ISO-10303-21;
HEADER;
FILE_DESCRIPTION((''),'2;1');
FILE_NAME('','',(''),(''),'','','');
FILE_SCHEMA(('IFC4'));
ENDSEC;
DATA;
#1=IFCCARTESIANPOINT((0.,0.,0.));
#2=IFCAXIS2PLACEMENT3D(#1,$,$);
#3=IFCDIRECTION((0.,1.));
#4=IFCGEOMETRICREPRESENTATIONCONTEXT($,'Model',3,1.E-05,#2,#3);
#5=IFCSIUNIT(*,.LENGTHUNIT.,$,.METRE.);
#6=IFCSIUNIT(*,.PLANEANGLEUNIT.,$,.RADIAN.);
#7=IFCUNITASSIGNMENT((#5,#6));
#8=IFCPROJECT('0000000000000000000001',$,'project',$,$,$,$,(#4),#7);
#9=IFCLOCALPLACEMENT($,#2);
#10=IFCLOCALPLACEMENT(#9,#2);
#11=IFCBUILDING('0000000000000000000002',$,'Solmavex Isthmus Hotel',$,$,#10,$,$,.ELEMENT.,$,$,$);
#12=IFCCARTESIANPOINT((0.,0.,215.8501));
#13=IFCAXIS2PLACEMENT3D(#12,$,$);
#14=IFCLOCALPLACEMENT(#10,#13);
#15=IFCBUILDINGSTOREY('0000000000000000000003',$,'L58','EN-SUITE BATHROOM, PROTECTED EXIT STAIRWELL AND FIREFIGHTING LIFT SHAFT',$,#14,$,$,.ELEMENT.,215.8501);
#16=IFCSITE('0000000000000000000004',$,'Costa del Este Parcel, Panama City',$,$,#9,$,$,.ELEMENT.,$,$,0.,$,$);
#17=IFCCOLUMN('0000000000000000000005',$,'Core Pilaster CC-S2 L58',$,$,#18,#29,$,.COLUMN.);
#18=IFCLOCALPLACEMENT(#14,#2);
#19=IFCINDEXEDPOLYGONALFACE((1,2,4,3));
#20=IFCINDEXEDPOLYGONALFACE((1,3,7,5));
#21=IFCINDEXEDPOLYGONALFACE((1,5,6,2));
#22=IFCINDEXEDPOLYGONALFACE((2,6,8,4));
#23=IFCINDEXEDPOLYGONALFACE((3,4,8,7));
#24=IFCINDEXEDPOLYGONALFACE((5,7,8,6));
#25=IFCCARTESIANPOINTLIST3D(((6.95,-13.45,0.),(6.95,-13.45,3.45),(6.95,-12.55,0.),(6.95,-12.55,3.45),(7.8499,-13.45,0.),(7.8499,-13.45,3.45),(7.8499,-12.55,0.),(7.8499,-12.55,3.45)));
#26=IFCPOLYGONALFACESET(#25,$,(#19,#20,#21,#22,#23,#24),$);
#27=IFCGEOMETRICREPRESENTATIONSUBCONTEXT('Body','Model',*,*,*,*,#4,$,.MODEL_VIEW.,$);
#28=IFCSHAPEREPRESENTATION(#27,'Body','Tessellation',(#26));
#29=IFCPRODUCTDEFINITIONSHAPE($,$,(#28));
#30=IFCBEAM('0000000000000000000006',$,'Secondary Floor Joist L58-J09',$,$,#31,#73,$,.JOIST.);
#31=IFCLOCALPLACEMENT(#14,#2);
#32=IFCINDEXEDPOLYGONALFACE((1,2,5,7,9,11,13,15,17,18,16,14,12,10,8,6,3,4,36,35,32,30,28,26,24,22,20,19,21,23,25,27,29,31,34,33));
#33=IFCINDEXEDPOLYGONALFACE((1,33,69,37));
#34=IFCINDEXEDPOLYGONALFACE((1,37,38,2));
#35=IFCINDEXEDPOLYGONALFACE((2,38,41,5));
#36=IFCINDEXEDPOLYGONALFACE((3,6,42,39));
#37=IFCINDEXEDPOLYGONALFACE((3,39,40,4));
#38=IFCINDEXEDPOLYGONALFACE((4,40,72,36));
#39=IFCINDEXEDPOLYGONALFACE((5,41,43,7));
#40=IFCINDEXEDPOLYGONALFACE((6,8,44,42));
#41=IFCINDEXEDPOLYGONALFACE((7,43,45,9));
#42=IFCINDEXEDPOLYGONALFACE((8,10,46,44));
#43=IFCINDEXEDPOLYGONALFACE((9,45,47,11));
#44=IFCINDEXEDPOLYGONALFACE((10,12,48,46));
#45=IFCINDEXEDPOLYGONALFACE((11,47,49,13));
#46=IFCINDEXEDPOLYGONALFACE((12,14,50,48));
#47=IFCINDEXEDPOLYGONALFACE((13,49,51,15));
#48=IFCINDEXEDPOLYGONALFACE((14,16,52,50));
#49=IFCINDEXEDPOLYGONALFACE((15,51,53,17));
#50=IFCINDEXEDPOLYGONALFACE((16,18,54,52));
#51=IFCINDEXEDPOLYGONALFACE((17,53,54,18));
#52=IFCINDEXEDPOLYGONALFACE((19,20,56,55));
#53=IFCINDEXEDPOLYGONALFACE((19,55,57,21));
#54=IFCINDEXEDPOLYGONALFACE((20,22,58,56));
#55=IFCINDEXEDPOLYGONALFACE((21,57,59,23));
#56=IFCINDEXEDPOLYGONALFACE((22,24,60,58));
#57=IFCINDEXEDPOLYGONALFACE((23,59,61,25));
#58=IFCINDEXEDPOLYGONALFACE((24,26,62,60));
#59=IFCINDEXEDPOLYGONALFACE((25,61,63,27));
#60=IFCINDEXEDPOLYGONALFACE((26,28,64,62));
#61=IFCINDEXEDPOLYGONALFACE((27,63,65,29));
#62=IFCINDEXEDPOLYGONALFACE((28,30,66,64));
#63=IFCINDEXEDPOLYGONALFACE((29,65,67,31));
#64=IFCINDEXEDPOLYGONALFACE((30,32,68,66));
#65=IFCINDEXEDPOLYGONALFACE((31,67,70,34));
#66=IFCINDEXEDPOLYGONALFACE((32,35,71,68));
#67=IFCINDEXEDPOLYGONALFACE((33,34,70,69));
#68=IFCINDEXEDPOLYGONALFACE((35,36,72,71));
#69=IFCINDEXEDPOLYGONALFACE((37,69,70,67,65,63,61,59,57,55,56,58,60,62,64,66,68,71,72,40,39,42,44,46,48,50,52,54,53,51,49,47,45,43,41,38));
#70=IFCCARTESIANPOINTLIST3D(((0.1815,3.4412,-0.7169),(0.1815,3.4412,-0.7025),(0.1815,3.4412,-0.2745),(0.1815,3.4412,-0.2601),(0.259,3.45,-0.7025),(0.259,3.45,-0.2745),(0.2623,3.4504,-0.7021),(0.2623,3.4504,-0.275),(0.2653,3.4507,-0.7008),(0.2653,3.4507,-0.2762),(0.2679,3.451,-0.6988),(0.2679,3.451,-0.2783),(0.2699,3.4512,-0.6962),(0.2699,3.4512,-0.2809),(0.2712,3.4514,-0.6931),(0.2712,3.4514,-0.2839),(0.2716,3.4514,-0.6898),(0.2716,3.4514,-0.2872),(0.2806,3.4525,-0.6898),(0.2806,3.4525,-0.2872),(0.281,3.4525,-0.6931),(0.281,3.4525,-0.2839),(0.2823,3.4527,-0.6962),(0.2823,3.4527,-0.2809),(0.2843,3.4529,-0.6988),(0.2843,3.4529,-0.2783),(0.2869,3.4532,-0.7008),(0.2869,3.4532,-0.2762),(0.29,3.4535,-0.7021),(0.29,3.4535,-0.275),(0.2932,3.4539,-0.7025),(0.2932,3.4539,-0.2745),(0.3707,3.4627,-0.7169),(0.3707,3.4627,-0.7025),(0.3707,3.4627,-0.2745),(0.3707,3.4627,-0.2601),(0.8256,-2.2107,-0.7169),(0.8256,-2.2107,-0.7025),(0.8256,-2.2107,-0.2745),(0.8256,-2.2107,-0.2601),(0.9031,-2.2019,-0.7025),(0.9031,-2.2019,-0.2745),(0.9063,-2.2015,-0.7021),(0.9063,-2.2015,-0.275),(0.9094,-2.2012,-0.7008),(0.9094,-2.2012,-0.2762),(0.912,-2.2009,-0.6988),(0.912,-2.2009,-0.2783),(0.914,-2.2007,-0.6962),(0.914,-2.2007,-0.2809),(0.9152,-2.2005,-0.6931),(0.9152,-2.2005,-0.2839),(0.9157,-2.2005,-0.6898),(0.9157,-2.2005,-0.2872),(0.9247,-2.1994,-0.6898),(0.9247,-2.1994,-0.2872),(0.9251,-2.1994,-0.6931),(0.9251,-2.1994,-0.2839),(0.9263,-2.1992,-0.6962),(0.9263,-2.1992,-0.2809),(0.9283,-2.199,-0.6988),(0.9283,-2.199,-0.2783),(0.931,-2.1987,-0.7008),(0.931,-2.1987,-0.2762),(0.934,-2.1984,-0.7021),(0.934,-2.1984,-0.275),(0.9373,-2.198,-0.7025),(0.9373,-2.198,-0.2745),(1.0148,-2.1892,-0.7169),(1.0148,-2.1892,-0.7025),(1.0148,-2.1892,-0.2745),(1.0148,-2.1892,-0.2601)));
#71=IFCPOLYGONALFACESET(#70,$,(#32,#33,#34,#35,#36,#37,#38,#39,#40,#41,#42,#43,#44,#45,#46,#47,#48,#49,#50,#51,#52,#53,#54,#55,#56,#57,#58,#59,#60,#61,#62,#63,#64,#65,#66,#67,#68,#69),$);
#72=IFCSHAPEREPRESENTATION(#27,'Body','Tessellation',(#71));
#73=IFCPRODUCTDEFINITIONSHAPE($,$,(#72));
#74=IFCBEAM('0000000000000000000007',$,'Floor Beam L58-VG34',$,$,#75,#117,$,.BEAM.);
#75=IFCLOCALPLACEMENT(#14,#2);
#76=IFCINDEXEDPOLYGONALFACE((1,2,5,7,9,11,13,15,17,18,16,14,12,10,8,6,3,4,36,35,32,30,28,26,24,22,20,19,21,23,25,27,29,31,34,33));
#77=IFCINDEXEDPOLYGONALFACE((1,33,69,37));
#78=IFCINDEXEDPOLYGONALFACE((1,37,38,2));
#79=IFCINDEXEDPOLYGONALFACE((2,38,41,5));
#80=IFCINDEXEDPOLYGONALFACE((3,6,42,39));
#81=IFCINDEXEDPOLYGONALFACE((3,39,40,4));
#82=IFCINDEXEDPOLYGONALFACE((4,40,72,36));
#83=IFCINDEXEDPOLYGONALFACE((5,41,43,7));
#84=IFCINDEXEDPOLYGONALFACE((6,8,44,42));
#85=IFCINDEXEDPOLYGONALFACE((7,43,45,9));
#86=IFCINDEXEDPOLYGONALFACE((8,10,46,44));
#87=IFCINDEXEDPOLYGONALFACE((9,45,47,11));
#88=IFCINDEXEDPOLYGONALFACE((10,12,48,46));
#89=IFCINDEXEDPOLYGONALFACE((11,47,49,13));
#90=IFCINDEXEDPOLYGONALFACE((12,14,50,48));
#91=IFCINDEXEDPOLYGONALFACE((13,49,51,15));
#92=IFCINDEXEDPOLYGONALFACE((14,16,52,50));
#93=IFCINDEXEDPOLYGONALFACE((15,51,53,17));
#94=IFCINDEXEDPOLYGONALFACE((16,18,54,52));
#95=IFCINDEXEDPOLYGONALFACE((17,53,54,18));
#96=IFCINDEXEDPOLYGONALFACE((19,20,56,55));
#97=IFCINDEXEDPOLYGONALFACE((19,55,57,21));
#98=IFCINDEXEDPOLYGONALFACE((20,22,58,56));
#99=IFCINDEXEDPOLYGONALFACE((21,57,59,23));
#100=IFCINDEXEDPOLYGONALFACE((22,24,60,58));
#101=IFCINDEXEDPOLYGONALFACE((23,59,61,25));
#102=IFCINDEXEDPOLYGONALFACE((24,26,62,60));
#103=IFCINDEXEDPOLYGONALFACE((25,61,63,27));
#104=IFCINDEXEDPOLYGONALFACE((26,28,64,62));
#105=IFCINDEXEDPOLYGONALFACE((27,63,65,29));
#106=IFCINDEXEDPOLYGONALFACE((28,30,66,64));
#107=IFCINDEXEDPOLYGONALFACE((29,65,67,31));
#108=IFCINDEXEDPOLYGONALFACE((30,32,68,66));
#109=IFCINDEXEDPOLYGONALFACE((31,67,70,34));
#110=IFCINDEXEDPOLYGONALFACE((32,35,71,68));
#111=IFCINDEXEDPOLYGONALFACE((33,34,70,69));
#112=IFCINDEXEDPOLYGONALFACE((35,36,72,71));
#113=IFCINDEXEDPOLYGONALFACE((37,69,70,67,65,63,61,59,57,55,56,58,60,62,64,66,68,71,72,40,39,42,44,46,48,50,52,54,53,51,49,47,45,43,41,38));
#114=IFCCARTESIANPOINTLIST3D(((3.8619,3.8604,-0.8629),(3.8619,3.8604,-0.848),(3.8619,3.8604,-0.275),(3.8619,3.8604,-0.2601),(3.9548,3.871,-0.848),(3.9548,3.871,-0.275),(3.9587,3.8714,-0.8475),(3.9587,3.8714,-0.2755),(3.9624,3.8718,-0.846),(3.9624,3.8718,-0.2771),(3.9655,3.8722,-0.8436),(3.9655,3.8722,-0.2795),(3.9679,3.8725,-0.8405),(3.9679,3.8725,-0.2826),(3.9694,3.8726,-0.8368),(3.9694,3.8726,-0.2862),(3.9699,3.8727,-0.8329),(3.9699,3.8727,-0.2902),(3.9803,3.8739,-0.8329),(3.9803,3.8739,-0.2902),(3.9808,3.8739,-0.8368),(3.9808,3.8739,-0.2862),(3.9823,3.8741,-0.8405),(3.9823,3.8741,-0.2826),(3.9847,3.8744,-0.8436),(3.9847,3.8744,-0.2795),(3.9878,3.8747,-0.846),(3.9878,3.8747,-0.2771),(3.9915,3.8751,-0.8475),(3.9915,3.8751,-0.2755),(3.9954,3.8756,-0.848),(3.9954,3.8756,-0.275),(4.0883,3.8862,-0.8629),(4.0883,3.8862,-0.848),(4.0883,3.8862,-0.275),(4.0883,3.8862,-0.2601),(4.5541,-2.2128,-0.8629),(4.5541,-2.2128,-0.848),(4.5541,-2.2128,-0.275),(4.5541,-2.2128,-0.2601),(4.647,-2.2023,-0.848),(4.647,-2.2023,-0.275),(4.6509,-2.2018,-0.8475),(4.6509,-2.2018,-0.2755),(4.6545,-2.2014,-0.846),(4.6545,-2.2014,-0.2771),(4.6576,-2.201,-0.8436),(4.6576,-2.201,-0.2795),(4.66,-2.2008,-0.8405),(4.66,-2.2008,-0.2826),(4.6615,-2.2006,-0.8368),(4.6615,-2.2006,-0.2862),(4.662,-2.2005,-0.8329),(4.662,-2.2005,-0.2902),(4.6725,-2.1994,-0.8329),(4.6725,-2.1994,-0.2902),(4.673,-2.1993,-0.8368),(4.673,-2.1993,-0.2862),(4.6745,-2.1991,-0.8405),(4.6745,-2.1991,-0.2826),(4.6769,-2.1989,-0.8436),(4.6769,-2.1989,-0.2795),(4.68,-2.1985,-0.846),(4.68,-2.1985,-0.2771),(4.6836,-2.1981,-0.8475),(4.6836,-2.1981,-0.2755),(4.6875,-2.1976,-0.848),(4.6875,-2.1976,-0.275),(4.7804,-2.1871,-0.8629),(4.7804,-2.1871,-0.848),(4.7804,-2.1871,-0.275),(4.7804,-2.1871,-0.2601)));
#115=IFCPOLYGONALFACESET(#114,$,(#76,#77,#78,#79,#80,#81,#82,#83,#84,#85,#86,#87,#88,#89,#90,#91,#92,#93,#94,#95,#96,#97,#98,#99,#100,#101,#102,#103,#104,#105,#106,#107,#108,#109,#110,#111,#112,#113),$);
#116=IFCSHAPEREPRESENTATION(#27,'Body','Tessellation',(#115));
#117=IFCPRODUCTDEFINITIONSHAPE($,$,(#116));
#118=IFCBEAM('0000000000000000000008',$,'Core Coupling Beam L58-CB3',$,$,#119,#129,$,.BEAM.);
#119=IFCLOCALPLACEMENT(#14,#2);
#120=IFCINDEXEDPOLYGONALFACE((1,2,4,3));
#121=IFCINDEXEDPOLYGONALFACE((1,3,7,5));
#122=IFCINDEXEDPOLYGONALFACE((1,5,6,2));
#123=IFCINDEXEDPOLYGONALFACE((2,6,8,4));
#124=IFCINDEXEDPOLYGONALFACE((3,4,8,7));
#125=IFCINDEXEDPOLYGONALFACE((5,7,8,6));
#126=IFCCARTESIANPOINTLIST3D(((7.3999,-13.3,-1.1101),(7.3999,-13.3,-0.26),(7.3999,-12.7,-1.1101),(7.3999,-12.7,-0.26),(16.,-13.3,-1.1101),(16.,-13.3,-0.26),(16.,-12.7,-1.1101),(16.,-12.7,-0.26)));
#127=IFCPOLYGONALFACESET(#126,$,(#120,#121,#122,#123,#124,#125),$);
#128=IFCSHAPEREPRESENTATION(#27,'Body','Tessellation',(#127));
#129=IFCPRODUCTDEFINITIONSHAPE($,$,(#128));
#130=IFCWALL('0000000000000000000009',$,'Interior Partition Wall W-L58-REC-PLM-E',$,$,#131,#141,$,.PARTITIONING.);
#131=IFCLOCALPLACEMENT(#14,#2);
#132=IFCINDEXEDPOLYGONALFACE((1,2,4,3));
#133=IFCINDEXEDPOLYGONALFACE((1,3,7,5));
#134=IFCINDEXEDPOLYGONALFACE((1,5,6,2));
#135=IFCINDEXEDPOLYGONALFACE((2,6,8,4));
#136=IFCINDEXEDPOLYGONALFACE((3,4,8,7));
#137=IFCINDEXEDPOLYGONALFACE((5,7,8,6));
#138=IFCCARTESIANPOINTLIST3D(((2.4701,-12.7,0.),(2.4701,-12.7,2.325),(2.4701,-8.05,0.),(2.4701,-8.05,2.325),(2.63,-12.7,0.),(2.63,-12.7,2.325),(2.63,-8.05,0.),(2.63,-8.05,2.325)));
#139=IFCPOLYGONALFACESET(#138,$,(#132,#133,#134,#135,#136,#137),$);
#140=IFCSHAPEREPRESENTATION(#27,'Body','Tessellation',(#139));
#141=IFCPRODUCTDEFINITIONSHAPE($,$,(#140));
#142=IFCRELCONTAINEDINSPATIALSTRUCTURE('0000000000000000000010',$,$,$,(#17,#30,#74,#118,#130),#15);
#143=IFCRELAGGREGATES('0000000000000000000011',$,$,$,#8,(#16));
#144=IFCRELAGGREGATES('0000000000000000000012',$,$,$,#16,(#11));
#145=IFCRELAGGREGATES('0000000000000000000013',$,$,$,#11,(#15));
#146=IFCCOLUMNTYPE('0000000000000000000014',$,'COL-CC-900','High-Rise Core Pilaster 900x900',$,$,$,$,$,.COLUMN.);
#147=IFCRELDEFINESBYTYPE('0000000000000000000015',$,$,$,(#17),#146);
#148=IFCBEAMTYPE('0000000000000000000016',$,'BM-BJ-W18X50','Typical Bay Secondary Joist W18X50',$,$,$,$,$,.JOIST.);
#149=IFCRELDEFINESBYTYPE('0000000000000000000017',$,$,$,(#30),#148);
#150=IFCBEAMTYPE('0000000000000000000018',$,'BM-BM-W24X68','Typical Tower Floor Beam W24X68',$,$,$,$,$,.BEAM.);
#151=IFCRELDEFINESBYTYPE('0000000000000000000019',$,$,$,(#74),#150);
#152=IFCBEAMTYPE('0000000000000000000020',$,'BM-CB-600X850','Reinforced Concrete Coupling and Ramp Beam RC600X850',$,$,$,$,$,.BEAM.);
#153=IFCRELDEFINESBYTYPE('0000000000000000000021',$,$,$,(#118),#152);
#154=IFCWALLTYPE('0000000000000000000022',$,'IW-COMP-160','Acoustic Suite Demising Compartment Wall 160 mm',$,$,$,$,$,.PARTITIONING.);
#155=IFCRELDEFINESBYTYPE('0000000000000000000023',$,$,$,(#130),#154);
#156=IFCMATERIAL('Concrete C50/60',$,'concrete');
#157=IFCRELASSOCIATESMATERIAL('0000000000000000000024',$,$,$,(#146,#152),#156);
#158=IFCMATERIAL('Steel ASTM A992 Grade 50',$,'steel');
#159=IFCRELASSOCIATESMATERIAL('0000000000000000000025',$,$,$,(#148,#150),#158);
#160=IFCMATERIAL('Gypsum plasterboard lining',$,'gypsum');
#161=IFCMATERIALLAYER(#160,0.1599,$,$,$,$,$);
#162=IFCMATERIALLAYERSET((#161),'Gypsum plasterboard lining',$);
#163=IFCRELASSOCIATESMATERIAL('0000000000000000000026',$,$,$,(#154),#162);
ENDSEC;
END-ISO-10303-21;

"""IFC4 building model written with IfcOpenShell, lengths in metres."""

from ifc_helpers import new_model, si_unit, direction, frame, frame_2d, origin, origin_2d, place, context, subcontext, project, spatial, rectangle, i_section, extrude, material, layer, layer_set, material_profile, profile_set, type_object, element, save


model = new_model("IFC4")

# Units and contexts
model_context = context("Model", 3, precision=1e-05, world=origin(), true_north=direction((0.0, 1.0)))
body_context = subcontext(model_context, "Body", "Model", "MODEL_VIEW")
ifc_project = project(units=[si_unit("LENGTHUNIT", "METRE"), si_unit("PLANEANGLEUNIT", "RADIAN")], contexts=[model_context])

# Site, building, storey
site_placement = place(None, origin())
site = spatial("IfcSite", under=ifc_project, at=site_placement, Name="Costa del Este Parcel, Panama City", CompositionType="ELEMENT", RefElevation=0.0)
building_placement = place(site_placement, origin())
building = spatial("IfcBuilding", under=site, at=building_placement, Name="Solmavex Isthmus Hotel", CompositionType="ELEMENT")
storey_placement = place(building_placement, frame((0.0, 0.0, 215.8501)))
storey = spatial("IfcBuildingStorey", under=building, at=storey_placement, Name="L58", Description="EN-SUITE BATHROOM, PROTECTED EXIT STAIRWELL AND FIREFIGHTING LIFT SHAFT", CompositionType="ELEMENT", Elevation=215.8501)

# Column
ifc_material_1 = material(Name="Concrete C50/60", Category="concrete")
ifc_material_profile_1 = material_profile(ifc_material_1, rectangle(XDim=0.8999, YDim=0.8999, at=origin_2d()), Name="RC900X900")
ifc_profile_set_1 = profile_set([ifc_material_profile_1], Name="Concrete C50/60")
column_type = type_object("IfcColumnType", Name="COL-CC-900", Description="High-Rise Core Pilaster 900x900", PredefinedType="COLUMN", material=ifc_profile_set_1)
column_placement = place(storey_placement, frame((7.3999, -13.0, 0.0), z_axis=(0.0, 0.0, 1.0), x_axis=(1.0, 0.0, 0.0)))
element("IfcColumn", 1, at=column_placement, inside=storey, type_object=column_type, Name="Core Pilaster CC-S2 L58", PredefinedType="COLUMN", context=body_context, shape_type="SweptSolid", body=[
    extrude(rectangle(XDim=0.8999, YDim=0.8999, at=origin_2d()), origin(), (0.0, 0.0, 1.0), 3.45),
])

# Beams
ifc_material_2 = material(Name="Steel ASTM A992 Grade 50", Category="steel")
ifc_material_profile_2 = material_profile(ifc_material_2, i_section(OverallWidth=0.1904, OverallDepth=0.4568, WebThickness=0.009, FlangeThickness=0.0144, FilletRadius=0.0127, at=origin_2d()), Name="W18X50")
ifc_profile_set_2 = profile_set([ifc_material_profile_2], Name="Steel ASTM A992 Grade 50")
beam_type_1 = type_object("IfcBeamType", Name="BM-BJ-W18X50", Description="Typical Bay Secondary Joist W18X50", PredefinedType="JOIST", material=ifc_profile_set_2)
beam_1_placement = place(storey_placement, frame((0.9202, -2.2, -0.4885), z_axis=(-0.11322, 0.99357, 0.0), x_axis=(-0.99357, -0.11322, 0.0)))
element("IfcBeam", 2, at=beam_1_placement, inside=storey, type_object=beam_type_1, Name="Secondary Floor Joist L58-J09", PredefinedType="JOIST", context=body_context, shape_type="SweptSolid", body=[
    extrude(i_section(OverallWidth=0.1904, OverallDepth=0.4568, WebThickness=0.009, FlangeThickness=0.0144, FilletRadius=0.0127, at=origin_2d()), origin(), (0.0, 0.0, 1.0), 5.6885),
])
ifc_material_profile_3 = material_profile(ifc_material_2, i_section(OverallWidth=0.2278, OverallDepth=0.6028, WebThickness=0.0105, FlangeThickness=0.0149, FilletRadius=0.0151, at=origin_2d()), Name="W24X68")
ifc_profile_set_3 = profile_set([ifc_material_profile_3], Name="Steel ASTM A992 Grade 50")
beam_type_2 = type_object("IfcBeamType", Name="BM-BM-W24X68", Description="Typical Tower Floor Beam W24X68", PredefinedType="BEAM", material=ifc_profile_set_3)
beam_2_placement = place(storey_placement, frame((4.6672, -2.2, -0.5615), z_axis=(-0.113232, 0.993569, 0.0), x_axis=(-0.993569, -0.113232, 0.0)))
element("IfcBeam", 3, at=beam_2_placement, inside=storey, type_object=beam_type_2, Name="Floor Beam L58-VG34", PredefinedType="BEAM", context=body_context, shape_type="SweptSolid", body=[
    extrude(i_section(OverallWidth=0.2278, OverallDepth=0.6028, WebThickness=0.0105, FlangeThickness=0.0149, FilletRadius=0.0151, at=origin_2d()), origin(), (0.0, 0.0, 1.0), 6.1125),
])
ifc_material_profile_4 = material_profile(ifc_material_1, rectangle(XDim=0.6001, YDim=0.8501, at=origin_2d()), Name="RC600X850")
ifc_profile_set_4 = profile_set([ifc_material_profile_4], Name="Concrete C50/60")
beam_type_3 = type_object("IfcBeamType", Name="BM-CB-600X850", Description="Reinforced Concrete Coupling and Ramp Beam RC600X850", PredefinedType="BEAM", material=ifc_profile_set_4)
beam_3_placement = place(storey_placement, frame((7.3999, -13.0, -0.6851), z_axis=(1.0, 0.0, 0.0), x_axis=(0.0, 1.0, 0.0)))
element("IfcBeam", 4, at=beam_3_placement, inside=storey, type_object=beam_type_3, Name="Core Coupling Beam L58-CB3", PredefinedType="BEAM", context=body_context, shape_type="SweptSolid", body=[
    extrude(rectangle(XDim=0.6001, YDim=0.8501, at=origin_2d()), origin(), (0.0, 0.0, 1.0), 8.6001),
])

# Wall
ifc_material_3 = material(Name="Gypsum plasterboard lining", Category="gypsum")
ifc_layer_1 = layer(ifc_material_3, 0.1599)
ifc_layer_set_1 = layer_set([ifc_layer_1], Name="Gypsum plasterboard lining")
wall_type_1 = type_object("IfcWallType", Name="IW-COMP-160", Description="Acoustic Suite Demising Compartment Wall 160 mm", PredefinedType="PARTITIONING", material=ifc_layer_set_1)
wall_1_placement = place(storey_placement, frame((2.55, -12.7, 0.0), z_axis=(0.0, 0.0, 1.0), x_axis=(0.0, 1.0, 0.0)))
element("IfcWall", 5, at=wall_1_placement, inside=storey, type_object=wall_type_1, Name="Interior Partition Wall W-L58-REC-PLM-E", PredefinedType="PARTITIONING", context=body_context, shape_type="SweptSolid", body=[
    extrude(rectangle(XDim=4.6499, YDim=0.1599, at=frame_2d((2.325, 0.0))), origin(), (0.0, 0.0, 1.0), 2.325),
])

save(model, "model.ifc")
